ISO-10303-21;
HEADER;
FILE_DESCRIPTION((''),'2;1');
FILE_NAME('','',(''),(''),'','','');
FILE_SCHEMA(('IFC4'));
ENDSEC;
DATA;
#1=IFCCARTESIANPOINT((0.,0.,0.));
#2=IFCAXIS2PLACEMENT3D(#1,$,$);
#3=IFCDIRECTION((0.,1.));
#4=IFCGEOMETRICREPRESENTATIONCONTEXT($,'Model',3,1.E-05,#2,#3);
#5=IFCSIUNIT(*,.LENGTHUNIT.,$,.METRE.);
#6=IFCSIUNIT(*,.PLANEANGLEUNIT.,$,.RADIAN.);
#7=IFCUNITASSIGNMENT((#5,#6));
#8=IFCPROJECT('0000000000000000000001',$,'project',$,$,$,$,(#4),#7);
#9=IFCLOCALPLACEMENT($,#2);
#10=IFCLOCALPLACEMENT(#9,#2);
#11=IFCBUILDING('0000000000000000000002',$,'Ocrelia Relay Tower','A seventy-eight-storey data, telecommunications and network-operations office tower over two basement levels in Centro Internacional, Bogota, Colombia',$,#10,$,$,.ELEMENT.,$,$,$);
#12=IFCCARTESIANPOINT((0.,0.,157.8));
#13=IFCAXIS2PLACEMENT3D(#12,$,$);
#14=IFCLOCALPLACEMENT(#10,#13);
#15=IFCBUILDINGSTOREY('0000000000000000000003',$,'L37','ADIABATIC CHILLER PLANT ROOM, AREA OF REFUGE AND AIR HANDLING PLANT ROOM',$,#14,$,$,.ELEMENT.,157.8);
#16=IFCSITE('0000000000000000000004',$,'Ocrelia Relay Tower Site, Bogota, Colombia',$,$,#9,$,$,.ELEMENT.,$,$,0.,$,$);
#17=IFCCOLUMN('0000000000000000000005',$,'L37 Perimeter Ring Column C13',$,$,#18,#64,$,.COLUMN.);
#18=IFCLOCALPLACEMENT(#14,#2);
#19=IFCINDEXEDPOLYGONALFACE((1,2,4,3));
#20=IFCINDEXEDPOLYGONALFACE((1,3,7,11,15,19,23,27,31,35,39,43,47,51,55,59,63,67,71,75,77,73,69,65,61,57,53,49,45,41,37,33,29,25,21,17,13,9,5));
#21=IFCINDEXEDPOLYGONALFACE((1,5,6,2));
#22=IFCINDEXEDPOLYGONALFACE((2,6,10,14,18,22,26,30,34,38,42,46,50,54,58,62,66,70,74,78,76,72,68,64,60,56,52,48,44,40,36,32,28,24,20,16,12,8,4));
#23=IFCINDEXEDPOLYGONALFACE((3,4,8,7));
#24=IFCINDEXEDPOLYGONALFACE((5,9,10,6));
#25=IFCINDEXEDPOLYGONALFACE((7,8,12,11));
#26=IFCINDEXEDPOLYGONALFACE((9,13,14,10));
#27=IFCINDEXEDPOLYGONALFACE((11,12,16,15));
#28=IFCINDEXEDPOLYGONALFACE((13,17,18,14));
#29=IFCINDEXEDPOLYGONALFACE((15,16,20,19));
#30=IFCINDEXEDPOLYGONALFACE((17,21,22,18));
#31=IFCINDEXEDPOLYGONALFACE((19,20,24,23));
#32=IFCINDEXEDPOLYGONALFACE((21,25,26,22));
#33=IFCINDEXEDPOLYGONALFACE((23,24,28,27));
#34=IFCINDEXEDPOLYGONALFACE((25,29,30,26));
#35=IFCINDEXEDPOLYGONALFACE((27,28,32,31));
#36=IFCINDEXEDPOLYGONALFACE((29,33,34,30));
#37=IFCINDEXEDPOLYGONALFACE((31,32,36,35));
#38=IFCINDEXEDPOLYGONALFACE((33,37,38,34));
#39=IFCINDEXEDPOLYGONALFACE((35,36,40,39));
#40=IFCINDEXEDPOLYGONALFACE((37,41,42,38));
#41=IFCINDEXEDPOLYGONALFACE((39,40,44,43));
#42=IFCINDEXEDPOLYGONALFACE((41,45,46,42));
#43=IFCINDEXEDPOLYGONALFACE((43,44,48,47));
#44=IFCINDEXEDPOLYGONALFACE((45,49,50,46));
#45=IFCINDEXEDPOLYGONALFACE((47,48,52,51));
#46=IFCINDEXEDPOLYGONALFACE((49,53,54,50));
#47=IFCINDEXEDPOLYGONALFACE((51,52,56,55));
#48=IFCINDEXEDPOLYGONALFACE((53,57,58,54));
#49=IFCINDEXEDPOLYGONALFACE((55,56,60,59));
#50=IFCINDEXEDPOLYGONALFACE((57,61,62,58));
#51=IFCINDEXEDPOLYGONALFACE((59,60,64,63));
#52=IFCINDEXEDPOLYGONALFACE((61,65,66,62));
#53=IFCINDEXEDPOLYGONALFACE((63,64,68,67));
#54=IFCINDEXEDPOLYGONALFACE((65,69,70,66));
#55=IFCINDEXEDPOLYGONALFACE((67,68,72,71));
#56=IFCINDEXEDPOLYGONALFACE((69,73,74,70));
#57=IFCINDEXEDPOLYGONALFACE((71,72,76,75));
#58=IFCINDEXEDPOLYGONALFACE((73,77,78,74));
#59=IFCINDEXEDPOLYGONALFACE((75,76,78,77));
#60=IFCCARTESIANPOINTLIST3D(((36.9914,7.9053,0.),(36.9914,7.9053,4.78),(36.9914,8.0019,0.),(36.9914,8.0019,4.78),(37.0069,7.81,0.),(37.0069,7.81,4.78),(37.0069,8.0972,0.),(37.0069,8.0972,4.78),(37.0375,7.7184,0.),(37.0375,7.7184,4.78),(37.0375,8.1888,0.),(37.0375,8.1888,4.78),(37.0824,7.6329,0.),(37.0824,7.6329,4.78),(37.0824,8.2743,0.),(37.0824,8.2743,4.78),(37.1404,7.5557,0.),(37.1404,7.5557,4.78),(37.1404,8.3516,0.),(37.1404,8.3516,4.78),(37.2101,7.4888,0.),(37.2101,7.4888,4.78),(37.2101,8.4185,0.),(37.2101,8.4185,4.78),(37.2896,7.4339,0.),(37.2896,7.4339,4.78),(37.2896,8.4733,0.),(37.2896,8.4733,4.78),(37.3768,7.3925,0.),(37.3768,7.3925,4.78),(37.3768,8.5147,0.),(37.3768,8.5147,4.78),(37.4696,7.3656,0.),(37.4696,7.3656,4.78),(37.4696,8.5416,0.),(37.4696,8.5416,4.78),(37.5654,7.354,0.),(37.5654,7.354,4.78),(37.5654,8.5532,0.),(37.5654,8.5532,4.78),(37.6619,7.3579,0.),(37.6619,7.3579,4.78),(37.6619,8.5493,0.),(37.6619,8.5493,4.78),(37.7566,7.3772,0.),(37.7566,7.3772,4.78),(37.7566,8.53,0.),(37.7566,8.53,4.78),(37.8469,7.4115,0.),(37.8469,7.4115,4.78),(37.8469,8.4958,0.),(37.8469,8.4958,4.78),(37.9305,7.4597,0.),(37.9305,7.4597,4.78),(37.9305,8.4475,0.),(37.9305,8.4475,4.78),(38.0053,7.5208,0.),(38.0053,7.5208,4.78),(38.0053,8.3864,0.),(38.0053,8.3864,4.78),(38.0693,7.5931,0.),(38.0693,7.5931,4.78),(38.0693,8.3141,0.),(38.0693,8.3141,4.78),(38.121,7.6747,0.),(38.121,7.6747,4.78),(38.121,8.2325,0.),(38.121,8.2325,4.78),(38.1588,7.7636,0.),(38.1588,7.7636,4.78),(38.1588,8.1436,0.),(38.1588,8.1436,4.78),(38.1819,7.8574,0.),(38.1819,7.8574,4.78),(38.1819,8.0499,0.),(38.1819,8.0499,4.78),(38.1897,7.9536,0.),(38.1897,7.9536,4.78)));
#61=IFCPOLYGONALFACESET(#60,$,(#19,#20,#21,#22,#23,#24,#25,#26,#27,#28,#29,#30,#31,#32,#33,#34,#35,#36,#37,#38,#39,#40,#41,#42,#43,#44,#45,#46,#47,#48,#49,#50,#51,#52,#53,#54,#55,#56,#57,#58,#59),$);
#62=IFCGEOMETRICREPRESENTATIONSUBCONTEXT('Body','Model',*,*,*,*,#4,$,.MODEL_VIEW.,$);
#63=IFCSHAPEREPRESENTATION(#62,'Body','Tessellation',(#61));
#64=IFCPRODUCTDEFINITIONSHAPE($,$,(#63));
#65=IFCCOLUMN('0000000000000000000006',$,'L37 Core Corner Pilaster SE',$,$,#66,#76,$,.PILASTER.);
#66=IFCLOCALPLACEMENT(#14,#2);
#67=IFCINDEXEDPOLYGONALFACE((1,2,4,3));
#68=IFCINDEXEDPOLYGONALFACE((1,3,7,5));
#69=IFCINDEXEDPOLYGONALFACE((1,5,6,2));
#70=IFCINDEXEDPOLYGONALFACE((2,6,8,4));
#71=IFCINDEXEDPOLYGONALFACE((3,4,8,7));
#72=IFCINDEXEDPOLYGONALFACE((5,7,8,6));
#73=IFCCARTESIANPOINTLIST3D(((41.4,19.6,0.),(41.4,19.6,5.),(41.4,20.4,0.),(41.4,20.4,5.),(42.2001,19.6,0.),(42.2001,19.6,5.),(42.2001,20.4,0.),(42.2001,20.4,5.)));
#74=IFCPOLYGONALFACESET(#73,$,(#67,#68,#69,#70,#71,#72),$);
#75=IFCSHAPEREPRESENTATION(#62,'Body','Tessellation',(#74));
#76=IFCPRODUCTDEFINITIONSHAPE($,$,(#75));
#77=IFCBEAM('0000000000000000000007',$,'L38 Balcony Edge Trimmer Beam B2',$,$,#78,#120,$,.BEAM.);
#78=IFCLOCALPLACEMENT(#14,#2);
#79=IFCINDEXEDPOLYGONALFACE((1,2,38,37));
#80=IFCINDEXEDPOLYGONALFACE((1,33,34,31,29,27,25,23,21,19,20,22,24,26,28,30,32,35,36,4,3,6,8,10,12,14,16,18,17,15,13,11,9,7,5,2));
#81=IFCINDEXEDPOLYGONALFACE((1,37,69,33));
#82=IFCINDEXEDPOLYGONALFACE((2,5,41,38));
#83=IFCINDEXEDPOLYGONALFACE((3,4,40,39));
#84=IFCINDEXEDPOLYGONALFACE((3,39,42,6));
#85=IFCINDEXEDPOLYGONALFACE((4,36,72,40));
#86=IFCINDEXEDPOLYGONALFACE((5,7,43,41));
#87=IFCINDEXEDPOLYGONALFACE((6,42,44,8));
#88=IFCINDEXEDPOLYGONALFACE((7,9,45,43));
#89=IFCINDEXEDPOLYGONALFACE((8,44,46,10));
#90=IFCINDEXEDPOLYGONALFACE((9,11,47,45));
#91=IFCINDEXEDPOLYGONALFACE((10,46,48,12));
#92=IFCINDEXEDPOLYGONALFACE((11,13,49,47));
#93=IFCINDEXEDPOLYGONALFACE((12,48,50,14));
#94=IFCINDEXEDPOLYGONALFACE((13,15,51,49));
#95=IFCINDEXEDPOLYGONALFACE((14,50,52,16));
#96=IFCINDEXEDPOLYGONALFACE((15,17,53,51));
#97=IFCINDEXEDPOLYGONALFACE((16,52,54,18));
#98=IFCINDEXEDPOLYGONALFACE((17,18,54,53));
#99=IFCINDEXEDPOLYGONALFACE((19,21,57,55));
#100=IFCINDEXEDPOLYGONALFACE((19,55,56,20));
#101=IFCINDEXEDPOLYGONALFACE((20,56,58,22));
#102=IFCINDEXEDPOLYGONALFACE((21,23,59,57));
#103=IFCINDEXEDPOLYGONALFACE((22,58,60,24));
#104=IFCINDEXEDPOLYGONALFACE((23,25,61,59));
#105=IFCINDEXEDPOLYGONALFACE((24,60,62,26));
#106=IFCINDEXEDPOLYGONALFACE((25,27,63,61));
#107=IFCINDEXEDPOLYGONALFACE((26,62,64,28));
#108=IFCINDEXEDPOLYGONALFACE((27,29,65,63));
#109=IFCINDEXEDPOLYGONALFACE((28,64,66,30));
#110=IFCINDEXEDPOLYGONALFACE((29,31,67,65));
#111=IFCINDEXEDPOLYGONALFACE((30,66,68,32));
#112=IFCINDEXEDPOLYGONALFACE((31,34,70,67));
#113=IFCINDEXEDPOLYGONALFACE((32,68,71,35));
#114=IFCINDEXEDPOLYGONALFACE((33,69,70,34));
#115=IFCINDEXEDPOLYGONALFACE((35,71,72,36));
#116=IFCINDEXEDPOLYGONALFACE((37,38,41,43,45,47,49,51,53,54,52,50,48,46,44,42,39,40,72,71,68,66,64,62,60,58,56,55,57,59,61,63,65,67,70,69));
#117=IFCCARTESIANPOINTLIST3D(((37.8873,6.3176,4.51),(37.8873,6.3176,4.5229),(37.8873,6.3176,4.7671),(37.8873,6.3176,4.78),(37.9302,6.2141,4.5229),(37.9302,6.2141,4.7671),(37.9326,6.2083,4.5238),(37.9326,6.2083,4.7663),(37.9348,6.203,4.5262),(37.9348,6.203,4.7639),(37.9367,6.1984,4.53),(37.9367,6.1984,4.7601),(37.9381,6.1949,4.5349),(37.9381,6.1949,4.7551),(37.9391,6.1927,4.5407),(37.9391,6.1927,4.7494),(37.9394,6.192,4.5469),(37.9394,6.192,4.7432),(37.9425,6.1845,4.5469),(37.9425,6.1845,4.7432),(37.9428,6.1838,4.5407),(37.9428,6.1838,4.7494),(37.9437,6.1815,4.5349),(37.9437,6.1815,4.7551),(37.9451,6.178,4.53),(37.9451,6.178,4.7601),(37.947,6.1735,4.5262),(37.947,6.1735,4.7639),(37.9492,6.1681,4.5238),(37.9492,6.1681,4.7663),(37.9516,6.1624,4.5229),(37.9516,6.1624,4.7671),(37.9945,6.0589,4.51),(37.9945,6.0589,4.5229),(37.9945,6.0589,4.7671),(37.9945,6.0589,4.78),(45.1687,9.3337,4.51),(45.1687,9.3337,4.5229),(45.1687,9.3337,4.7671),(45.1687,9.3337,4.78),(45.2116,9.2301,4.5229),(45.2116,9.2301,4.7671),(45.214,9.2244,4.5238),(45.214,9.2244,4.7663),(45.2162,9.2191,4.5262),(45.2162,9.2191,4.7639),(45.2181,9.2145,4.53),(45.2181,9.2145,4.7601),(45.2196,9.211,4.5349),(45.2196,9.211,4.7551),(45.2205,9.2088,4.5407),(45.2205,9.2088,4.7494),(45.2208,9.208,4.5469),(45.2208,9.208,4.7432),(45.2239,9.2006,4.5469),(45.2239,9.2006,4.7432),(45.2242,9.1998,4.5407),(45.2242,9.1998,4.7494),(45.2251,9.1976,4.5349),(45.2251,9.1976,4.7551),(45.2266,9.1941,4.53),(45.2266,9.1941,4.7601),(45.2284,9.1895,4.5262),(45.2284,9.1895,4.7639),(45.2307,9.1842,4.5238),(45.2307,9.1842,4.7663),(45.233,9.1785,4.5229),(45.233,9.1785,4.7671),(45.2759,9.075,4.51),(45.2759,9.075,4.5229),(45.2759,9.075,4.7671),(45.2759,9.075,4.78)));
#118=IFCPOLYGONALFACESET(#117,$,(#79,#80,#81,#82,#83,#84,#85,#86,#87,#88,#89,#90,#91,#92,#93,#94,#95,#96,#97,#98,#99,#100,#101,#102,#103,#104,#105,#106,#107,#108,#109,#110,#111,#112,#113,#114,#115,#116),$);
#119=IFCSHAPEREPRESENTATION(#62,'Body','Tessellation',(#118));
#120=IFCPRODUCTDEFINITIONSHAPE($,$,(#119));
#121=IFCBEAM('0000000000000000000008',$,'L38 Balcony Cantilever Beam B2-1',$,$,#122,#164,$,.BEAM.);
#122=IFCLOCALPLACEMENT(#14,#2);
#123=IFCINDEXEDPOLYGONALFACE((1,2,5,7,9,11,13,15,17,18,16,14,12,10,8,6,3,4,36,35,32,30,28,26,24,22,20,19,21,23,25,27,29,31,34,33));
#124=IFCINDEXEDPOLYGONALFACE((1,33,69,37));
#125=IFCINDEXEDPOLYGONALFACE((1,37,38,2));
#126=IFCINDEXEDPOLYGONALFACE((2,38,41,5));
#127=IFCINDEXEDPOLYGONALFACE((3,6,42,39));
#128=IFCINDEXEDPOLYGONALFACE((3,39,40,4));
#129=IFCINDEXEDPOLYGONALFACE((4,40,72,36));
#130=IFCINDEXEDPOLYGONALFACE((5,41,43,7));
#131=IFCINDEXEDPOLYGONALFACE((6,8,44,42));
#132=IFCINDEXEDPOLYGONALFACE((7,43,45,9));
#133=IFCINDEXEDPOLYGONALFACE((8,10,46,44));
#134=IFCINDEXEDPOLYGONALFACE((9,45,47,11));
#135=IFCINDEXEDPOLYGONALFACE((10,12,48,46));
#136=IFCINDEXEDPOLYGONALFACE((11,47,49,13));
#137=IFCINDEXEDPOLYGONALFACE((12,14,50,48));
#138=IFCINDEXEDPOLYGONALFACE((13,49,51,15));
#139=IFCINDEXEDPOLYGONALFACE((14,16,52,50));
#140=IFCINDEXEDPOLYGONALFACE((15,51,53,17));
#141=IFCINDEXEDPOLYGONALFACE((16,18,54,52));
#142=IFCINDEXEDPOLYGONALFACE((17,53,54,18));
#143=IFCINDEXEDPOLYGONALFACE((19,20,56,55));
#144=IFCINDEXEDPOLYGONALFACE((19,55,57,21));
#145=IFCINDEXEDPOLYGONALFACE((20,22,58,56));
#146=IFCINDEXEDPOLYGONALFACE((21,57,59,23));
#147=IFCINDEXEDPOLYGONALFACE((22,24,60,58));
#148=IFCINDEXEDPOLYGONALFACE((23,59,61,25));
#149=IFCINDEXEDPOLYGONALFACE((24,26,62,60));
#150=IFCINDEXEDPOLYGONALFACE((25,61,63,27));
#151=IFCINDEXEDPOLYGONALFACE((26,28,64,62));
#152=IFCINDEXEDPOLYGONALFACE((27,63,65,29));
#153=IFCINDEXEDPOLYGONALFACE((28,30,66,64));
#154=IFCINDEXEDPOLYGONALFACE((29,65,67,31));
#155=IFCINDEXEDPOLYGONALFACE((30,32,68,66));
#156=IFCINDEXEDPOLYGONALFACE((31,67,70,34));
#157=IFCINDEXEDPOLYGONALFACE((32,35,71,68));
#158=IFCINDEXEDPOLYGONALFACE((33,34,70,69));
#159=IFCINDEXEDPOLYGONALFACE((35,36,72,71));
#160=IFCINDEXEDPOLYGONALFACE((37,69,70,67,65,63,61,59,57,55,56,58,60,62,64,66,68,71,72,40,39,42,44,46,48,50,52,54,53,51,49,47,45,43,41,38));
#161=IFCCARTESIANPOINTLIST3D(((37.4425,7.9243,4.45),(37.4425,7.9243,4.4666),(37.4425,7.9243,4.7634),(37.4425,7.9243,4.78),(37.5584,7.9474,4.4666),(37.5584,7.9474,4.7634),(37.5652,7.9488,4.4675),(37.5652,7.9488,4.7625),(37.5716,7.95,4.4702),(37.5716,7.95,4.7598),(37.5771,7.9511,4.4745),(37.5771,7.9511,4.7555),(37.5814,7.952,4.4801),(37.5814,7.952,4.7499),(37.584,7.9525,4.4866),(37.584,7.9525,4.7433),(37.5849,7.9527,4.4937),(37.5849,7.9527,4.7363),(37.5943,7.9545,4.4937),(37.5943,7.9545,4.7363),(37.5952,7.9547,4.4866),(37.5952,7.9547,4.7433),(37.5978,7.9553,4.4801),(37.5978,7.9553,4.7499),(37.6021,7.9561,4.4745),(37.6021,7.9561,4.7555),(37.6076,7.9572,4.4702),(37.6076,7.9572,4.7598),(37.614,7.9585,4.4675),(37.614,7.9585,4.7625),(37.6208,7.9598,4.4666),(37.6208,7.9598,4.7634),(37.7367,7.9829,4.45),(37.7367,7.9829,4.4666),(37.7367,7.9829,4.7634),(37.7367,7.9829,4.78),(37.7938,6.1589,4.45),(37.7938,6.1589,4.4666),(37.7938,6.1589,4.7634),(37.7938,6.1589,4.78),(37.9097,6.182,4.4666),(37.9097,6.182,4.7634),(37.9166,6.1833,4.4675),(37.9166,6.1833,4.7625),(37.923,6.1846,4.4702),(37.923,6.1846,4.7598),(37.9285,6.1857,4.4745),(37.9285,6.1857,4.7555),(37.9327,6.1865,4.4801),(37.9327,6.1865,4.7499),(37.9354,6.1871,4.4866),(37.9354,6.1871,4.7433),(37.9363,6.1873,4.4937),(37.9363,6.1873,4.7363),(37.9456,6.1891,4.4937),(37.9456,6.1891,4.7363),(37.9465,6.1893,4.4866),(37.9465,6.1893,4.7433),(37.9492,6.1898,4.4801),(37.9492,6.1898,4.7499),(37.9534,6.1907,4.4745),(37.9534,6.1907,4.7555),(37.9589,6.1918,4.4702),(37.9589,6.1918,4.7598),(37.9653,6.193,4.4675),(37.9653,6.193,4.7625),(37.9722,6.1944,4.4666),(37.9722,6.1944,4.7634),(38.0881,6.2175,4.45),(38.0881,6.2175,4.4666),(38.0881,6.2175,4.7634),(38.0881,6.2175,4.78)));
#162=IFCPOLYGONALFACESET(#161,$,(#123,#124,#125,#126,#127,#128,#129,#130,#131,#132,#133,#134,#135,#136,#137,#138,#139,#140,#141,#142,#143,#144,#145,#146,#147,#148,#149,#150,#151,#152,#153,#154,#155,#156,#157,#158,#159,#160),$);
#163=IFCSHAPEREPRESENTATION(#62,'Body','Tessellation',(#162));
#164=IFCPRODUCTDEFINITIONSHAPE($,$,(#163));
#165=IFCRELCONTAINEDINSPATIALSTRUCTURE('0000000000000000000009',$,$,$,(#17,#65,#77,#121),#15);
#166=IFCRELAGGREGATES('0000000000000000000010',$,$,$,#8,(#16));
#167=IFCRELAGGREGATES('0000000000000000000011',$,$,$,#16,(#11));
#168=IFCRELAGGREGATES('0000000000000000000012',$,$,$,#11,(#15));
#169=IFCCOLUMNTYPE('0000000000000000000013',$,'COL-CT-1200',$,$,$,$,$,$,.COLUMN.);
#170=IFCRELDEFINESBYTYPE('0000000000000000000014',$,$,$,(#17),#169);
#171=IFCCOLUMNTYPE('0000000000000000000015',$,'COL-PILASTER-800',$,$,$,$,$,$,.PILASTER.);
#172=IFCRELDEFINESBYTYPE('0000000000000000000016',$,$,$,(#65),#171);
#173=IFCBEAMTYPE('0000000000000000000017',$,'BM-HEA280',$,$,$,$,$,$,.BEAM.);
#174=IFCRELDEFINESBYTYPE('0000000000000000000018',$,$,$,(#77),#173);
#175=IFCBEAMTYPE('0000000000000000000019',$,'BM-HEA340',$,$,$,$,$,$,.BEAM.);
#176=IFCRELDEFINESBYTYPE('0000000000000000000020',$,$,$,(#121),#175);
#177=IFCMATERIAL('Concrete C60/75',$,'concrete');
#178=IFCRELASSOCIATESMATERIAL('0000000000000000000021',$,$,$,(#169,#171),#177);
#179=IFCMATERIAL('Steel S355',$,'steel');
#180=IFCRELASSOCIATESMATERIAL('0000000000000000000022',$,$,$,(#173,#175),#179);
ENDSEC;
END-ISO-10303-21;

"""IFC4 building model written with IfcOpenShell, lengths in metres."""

from ifc_helpers import new_model, si_unit, direction, frame, origin, origin_2d, place, context, subcontext, project, spatial, rectangle, circle, i_section, extrude, material, material_profile, profile_set, type_object, element, save


model = new_model("IFC4")

# Units and contexts
model_context = context("Model", 3, precision=1e-05, world=origin(), true_north=direction((0.0, 1.0)))
body_context = subcontext(model_context, "Body", "Model", "MODEL_VIEW")
ifc_project = project(units=[si_unit("LENGTHUNIT", "METRE"), si_unit("PLANEANGLEUNIT", "RADIAN")], contexts=[model_context])

# Site, building, storey
site_placement = place(None, origin())
site = spatial("IfcSite", under=ifc_project, at=site_placement, Name="Ocrelia Relay Tower Site, Bogota, Colombia", CompositionType="ELEMENT", RefElevation=0.0)
building_placement = place(site_placement, origin())
building = spatial("IfcBuilding", under=site, at=building_placement, Name="Ocrelia Relay Tower", Description="A seventy-eight-storey data, telecommunications and network-operations office tower over two basement levels in Centro Internacional, Bogota, Colombia", CompositionType="ELEMENT")
storey_placement = place(building_placement, frame((0.0, 0.0, 157.8)))
storey = spatial("IfcBuildingStorey", under=building, at=storey_placement, Name="L37", Description="ADIABATIC CHILLER PLANT ROOM, AREA OF REFUGE AND AIR HANDLING PLANT ROOM", CompositionType="ELEMENT", Elevation=157.8)

# Columns
ifc_material_1 = material(Name="Concrete C60/75", Category="concrete")
ifc_material_profile_1 = material_profile(ifc_material_1, circle(Radius=0.6001, at=origin_2d()), Name="RC-CIR-1200")
ifc_profile_set_1 = profile_set([ifc_material_profile_1], Name="Concrete C60/75")
column_type_1 = type_object("IfcColumnType", Name="COL-CT-1200", PredefinedType="COLUMN", material=ifc_profile_set_1)
column_1_placement = place(storey_placement, frame((37.5896, 7.9536, 0.0), z_axis=(0.0, 0.0, 1.0), x_axis=(1.0, 0.0, 0.0)))
element("IfcColumn", 1, at=column_1_placement, inside=storey, type_object=column_type_1, Name="L37 Perimeter Ring Column C13", PredefinedType="COLUMN", context=body_context, shape_type="SweptSolid", body=[
    extrude(circle(Radius=0.6001, at=origin_2d()), origin(), (0.0, 0.0, 1.0), 4.78),
])
ifc_material_profile_2 = material_profile(ifc_material_1, rectangle(XDim=0.8, YDim=0.8, at=origin_2d()), Name="RC-COL-800x800")
ifc_profile_set_2 = profile_set([ifc_material_profile_2], Name="Concrete C60/75")
column_type_2 = type_object("IfcColumnType", Name="COL-PILASTER-800", PredefinedType="PILASTER", material=ifc_profile_set_2)
column_2_placement = place(storey_placement, frame((41.8, 20.0, 0.0), z_axis=(0.0, 0.0, 1.0), x_axis=(1.0, 0.0, 0.0)))
element("IfcColumn", 2, at=column_2_placement, inside=storey, type_object=column_type_2, Name="L37 Core Corner Pilaster SE", PredefinedType="PILASTER", context=body_context, shape_type="SweptSolid", body=[
    extrude(rectangle(XDim=0.8, YDim=0.8, at=origin_2d()), origin(), (0.0, 0.0, 1.0), 5.0),
])

# Beams
ifc_material_2 = material(Name="Steel S355", Category="steel")
ifc_material_profile_3 = material_profile(ifc_material_2, i_section(OverallWidth=0.28, OverallDepth=0.27, WebThickness=0.0081, FlangeThickness=0.0129, FilletRadius=0.0239, at=origin_2d()), Name="HEA 280")
ifc_profile_set_3 = profile_set([ifc_material_profile_3], Name="Steel S355")
beam_type_1 = type_object("IfcBeamType", Name="BM-HEA280", PredefinedType="BEAM", material=ifc_profile_set_3)
beam_1_placement = place(storey_placement, frame((37.9409, 6.1882, 4.645), z_axis=(0.923879, 0.382686, 0.0), x_axis=(-0.382686, 0.923879, 0.0)))
element("IfcBeam", 3, at=beam_1_placement, inside=storey, type_object=beam_type_1, Name="L38 Balcony Edge Trimmer Beam B2", PredefinedType="BEAM", context=body_context, shape_type="SweptSolid", body=[
    extrude(i_section(OverallWidth=0.28, OverallDepth=0.27, WebThickness=0.0081, FlangeThickness=0.0129, FilletRadius=0.0239, at=origin_2d()), origin(), (0.0, 0.0, 1.0), 7.8813),
])
ifc_material_profile_4 = material_profile(ifc_material_2, i_section(OverallWidth=0.3, OverallDepth=0.3301, WebThickness=0.0095, FlangeThickness=0.0166, FilletRadius=0.0271, at=origin_2d()), Name="HEA 340")
ifc_profile_set_4 = profile_set([ifc_material_profile_4], Name="Steel S355")
beam_type_2 = type_object("IfcBeamType", Name="BM-HEA340", PredefinedType="BEAM", material=ifc_profile_set_4)
beam_2_placement = place(storey_placement, frame((37.5896, 7.9536, 4.615), z_axis=(0.195177, -0.980768, 0.0), x_axis=(0.980768, 0.195177, 0.0)))
element("IfcBeam", 4, at=beam_2_placement, inside=storey, type_object=beam_type_2, Name="L38 Balcony Cantilever Beam B2-1", PredefinedType="BEAM", context=body_context, shape_type="SweptSolid", body=[
    extrude(i_section(OverallWidth=0.3, OverallDepth=0.3301, WebThickness=0.0095, FlangeThickness=0.0166, FilletRadius=0.0271, at=origin_2d()), origin(), (0.0, 0.0, 1.0), 1.8),
])

save(model, "model.ifc")
